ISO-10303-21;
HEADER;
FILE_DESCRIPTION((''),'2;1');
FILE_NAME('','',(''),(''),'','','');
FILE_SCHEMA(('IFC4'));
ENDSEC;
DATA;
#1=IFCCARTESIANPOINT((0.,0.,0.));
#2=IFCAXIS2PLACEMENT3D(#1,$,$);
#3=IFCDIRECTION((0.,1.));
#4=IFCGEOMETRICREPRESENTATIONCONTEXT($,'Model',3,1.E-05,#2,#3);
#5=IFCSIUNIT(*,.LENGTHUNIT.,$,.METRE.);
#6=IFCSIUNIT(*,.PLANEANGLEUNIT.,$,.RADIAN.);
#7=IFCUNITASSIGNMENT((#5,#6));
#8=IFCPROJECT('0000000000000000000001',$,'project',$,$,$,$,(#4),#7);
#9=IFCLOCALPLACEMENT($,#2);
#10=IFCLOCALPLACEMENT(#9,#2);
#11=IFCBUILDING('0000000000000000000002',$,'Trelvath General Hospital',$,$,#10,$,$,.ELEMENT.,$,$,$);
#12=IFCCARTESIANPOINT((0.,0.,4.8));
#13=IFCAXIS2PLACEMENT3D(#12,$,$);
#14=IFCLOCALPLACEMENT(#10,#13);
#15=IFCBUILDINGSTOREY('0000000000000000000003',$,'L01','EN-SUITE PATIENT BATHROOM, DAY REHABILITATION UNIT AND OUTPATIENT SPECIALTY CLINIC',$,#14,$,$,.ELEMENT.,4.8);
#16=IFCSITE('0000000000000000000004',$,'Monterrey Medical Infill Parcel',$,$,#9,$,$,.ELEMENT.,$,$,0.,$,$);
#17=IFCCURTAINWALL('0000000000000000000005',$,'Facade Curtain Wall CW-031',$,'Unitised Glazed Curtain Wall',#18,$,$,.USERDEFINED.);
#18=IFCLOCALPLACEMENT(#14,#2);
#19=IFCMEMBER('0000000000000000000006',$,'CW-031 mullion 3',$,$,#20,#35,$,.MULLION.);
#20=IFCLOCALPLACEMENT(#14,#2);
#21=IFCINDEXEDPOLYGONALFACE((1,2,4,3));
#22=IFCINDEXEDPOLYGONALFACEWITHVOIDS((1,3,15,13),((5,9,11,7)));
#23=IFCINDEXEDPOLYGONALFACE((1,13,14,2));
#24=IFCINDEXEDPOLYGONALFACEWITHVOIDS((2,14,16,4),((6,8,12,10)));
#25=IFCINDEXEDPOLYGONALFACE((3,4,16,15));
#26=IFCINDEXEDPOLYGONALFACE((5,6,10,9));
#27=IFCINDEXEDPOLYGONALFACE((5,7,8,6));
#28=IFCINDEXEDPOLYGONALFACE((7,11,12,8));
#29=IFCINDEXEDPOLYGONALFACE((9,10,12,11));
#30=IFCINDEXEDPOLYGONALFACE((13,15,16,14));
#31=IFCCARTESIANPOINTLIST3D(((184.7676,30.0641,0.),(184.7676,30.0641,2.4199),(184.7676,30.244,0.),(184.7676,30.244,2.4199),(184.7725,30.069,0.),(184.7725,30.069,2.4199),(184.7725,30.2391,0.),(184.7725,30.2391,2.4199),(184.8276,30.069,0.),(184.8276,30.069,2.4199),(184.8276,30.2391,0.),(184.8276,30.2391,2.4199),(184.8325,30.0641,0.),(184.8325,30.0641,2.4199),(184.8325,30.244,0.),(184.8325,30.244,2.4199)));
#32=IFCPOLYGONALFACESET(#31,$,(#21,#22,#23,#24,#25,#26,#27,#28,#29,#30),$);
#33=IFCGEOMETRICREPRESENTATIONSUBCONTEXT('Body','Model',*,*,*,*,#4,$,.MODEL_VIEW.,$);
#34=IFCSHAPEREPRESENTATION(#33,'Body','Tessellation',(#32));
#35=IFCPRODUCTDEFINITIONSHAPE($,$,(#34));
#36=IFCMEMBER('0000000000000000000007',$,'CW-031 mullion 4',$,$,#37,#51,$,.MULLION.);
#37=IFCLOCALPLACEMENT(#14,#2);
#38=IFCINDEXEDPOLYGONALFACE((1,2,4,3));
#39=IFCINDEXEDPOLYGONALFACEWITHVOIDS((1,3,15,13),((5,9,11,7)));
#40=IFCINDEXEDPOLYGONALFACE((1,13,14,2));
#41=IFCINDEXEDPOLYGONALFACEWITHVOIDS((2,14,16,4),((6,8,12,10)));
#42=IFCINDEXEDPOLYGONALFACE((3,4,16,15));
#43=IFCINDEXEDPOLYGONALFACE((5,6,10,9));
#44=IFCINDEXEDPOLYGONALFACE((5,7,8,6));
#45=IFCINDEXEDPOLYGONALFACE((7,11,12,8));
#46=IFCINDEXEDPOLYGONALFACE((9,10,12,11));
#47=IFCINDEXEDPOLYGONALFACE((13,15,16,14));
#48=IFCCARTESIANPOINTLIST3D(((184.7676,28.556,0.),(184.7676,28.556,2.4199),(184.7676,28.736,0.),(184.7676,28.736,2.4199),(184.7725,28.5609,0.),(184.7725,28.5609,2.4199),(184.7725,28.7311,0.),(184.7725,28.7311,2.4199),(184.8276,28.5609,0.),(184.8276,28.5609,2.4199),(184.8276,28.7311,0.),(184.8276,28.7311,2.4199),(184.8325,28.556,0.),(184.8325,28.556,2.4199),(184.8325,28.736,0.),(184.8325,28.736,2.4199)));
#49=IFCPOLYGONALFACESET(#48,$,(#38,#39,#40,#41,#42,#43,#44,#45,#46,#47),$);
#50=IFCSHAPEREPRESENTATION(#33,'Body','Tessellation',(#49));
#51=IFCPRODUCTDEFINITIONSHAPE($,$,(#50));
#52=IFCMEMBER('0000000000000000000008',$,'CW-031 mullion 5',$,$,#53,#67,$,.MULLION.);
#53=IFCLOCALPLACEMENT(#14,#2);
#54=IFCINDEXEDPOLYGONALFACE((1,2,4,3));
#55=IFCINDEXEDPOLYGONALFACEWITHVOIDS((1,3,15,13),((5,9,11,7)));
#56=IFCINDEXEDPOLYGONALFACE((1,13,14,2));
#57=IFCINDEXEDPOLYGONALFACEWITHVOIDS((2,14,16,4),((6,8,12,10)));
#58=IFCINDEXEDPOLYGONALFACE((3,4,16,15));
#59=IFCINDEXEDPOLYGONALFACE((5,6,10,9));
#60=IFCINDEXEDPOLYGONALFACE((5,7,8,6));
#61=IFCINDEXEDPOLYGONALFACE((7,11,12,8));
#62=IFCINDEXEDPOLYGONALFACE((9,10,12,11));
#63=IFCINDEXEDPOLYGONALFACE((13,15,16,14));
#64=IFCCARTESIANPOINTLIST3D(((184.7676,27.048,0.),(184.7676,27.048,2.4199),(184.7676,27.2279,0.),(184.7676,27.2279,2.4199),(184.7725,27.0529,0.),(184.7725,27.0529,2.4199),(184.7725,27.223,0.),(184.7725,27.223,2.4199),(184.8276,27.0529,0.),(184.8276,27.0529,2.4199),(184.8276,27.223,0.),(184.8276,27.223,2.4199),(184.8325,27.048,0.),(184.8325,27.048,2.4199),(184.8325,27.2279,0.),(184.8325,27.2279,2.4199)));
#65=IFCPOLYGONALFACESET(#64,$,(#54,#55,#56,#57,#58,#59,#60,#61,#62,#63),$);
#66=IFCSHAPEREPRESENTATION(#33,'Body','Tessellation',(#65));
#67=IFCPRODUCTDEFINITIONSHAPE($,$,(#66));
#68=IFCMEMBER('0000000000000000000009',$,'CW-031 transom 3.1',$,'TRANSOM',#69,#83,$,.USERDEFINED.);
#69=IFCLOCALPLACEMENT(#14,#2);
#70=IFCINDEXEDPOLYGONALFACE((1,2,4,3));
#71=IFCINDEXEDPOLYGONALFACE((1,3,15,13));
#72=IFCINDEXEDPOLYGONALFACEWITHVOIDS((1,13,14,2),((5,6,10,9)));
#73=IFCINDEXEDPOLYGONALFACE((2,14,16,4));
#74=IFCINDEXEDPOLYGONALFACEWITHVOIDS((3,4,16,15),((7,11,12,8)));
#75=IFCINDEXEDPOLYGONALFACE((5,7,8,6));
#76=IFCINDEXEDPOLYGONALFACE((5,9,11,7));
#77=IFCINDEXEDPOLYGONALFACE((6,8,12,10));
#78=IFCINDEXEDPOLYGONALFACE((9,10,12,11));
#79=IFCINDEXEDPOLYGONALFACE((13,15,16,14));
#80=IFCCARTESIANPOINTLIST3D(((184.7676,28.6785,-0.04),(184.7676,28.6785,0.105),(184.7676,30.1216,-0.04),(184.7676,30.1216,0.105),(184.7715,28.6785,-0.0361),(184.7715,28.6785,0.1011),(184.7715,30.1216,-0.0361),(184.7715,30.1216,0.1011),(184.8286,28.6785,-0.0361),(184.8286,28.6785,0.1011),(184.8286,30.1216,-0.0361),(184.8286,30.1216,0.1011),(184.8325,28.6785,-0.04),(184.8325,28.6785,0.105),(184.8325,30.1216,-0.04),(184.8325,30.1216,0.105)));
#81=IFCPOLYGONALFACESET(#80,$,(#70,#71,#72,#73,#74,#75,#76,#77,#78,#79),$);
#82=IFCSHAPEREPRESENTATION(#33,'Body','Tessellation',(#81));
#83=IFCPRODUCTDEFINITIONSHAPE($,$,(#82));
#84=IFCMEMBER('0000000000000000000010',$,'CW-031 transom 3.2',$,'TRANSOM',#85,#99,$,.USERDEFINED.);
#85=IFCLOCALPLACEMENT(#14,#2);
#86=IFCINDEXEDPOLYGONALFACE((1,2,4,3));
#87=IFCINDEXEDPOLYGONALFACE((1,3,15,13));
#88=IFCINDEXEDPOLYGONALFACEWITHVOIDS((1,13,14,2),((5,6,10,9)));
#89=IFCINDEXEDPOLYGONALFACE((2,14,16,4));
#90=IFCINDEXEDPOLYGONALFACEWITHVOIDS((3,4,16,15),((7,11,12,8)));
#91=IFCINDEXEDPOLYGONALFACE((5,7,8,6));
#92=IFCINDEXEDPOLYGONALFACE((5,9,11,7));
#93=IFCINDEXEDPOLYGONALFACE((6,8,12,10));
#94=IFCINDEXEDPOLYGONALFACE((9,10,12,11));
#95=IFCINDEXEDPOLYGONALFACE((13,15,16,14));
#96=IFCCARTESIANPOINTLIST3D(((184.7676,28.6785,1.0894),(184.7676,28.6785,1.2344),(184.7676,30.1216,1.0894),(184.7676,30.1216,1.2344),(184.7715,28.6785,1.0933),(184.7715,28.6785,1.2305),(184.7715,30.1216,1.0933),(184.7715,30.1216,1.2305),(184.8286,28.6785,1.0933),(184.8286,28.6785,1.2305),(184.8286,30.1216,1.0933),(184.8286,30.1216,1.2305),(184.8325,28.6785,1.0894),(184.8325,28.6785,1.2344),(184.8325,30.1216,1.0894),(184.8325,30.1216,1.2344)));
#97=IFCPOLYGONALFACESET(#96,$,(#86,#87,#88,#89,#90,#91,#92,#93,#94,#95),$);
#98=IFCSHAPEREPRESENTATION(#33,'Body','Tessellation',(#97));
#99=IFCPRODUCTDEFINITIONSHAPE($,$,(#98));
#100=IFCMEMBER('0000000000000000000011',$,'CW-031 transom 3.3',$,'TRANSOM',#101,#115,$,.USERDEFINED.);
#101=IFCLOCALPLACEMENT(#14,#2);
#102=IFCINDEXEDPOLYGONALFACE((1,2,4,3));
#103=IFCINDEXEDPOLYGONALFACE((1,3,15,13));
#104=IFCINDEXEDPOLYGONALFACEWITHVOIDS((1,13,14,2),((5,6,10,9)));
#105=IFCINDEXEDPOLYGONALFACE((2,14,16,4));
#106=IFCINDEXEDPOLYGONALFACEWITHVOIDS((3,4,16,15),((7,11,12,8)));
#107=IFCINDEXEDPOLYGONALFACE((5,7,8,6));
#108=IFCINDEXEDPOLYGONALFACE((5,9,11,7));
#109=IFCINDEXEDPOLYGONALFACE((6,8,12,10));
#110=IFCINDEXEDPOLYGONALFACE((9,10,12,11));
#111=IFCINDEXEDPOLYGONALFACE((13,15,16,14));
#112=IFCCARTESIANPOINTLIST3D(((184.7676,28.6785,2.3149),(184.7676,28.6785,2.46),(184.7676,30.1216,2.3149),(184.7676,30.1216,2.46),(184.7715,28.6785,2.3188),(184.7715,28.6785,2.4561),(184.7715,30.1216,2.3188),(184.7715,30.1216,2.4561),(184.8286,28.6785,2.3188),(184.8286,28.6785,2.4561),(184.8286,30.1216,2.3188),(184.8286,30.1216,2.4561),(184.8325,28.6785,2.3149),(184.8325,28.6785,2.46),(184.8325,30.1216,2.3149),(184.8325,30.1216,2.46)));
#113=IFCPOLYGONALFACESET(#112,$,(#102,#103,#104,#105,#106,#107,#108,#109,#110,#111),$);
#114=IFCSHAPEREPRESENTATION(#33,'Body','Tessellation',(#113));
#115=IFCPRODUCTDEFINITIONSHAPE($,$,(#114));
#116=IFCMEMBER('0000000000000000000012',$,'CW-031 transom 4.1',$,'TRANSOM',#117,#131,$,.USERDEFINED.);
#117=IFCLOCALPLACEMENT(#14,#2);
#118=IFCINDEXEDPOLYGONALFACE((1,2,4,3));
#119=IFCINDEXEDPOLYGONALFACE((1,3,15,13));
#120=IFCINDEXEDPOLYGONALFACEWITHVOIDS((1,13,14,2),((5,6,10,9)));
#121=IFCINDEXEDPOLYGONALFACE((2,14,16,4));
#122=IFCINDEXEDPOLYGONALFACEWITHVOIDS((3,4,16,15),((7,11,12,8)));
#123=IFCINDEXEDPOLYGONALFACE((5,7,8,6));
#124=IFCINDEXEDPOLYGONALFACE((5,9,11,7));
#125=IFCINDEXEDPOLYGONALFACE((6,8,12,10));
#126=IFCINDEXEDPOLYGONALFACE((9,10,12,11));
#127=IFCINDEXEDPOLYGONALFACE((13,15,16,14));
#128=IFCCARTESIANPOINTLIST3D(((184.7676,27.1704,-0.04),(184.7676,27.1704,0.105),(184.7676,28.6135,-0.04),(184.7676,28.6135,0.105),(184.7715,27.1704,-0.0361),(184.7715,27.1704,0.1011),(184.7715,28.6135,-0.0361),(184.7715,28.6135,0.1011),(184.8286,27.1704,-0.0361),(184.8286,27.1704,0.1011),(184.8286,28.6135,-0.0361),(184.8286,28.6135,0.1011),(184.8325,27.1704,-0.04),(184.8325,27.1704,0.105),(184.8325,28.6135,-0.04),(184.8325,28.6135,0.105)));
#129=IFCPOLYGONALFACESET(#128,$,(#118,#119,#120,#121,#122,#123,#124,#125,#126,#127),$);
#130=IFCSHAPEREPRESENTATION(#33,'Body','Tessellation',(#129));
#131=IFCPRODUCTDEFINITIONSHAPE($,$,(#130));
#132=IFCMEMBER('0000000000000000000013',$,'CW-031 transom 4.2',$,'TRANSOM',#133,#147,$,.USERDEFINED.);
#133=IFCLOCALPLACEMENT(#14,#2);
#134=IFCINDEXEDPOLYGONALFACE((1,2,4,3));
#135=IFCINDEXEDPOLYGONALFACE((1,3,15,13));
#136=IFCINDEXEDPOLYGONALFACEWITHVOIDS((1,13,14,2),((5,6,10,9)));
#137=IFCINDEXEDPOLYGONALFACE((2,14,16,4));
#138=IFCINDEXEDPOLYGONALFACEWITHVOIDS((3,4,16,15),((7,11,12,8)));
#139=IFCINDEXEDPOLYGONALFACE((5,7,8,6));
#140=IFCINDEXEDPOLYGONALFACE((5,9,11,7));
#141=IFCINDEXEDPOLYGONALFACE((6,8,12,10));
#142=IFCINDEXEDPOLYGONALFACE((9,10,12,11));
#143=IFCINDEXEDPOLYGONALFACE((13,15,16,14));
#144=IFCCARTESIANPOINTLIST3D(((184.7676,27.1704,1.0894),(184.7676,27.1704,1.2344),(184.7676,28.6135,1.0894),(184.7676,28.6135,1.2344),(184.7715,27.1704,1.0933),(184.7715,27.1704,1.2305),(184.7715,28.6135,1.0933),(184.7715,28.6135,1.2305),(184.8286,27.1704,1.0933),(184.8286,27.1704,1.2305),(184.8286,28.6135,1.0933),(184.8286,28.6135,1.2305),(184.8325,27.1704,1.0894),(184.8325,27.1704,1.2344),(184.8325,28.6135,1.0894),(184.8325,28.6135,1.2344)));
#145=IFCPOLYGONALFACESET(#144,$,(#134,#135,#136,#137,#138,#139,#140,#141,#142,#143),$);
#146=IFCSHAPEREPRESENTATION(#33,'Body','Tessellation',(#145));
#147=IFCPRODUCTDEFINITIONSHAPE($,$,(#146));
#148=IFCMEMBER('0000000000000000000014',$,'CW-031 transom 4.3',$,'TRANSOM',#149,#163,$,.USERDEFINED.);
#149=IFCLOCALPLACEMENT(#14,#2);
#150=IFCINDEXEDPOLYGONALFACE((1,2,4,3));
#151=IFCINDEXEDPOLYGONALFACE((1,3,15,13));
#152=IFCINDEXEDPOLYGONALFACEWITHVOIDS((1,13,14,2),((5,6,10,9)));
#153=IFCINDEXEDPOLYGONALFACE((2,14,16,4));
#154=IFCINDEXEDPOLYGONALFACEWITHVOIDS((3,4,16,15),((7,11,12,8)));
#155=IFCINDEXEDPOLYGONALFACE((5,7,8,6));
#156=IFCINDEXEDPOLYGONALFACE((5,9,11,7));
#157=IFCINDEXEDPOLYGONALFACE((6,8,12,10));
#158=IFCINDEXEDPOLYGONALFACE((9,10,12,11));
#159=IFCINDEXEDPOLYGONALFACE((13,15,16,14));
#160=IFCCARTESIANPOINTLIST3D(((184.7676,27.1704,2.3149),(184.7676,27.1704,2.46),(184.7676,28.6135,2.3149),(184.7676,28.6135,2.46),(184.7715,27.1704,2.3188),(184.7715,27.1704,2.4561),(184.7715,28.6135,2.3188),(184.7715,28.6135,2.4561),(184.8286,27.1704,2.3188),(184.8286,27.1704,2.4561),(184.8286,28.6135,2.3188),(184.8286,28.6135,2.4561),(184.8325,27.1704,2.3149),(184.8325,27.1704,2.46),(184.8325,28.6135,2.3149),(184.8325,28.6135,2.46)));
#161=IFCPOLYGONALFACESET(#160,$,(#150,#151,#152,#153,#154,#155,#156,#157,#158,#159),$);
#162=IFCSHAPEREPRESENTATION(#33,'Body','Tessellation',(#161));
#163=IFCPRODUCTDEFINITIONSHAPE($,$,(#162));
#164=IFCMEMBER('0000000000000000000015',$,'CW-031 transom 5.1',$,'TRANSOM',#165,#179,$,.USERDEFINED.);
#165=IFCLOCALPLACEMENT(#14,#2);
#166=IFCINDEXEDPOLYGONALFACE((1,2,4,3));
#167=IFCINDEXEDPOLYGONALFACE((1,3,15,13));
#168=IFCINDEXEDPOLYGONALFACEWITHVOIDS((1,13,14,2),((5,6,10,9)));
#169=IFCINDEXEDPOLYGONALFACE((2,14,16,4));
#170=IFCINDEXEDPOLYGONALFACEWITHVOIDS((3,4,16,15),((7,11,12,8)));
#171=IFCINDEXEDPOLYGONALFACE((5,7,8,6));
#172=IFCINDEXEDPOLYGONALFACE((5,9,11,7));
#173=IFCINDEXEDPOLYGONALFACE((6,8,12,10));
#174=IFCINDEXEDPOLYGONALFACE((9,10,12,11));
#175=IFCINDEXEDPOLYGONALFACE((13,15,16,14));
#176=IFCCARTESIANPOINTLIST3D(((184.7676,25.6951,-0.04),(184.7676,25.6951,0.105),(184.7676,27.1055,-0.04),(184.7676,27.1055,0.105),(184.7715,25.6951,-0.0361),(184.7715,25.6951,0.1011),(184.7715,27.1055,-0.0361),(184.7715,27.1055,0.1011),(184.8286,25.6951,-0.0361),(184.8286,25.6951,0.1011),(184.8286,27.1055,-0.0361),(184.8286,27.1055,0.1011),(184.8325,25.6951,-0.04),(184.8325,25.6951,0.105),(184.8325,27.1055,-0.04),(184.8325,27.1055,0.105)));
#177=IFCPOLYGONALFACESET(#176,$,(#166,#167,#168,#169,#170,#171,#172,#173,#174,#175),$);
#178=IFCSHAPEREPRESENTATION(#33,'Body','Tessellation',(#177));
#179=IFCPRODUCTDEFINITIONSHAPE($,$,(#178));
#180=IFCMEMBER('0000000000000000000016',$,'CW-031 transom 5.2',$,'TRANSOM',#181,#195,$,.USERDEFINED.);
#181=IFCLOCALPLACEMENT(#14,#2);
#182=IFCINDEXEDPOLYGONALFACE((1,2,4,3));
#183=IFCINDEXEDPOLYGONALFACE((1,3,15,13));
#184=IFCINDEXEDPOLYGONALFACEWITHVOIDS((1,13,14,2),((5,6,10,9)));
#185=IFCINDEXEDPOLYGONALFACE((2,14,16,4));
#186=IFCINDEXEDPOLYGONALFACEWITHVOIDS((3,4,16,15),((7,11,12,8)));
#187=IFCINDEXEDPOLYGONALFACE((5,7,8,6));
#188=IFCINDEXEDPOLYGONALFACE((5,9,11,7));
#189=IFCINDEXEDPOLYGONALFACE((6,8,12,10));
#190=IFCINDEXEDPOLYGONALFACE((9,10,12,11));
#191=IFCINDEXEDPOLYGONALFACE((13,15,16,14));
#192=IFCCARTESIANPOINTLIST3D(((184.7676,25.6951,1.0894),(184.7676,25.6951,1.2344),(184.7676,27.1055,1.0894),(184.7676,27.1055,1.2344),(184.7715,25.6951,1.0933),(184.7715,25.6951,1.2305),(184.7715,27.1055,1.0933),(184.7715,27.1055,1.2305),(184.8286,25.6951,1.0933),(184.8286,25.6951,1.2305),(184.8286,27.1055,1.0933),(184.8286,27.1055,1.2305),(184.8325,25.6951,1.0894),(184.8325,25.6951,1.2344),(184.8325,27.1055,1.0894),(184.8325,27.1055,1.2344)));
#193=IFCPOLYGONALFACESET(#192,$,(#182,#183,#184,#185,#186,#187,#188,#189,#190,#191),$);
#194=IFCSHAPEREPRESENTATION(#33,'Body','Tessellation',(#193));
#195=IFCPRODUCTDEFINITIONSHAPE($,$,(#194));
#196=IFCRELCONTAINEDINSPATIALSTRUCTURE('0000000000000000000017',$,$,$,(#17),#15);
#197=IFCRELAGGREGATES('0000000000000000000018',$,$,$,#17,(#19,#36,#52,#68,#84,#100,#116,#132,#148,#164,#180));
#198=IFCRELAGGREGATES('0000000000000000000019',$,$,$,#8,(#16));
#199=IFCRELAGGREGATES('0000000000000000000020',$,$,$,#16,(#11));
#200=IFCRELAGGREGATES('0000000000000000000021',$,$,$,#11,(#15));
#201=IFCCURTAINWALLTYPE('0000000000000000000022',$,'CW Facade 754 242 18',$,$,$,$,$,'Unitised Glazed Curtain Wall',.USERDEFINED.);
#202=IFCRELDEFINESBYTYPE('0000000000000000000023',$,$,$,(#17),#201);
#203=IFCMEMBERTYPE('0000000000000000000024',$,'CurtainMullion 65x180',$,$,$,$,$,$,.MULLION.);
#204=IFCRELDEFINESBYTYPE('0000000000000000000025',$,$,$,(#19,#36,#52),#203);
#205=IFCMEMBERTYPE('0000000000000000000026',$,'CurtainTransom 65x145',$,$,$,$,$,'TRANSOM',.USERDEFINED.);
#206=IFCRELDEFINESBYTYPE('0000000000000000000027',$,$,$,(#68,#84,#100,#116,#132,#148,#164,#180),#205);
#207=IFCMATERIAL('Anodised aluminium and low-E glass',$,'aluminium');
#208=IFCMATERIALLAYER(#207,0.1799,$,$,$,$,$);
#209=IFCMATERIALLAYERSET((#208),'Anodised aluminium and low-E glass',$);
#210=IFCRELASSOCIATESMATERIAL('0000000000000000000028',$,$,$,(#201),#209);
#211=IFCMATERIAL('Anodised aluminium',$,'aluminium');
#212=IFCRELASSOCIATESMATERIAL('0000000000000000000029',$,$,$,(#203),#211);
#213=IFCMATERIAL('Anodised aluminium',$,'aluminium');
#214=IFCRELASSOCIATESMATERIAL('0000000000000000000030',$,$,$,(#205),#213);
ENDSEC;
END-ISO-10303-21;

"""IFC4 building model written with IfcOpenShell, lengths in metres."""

from ifc_helpers import new_model, si_unit, direction, frame, origin, origin_2d, place, context, subcontext, project, spatial, hollow_rectangle, extrude, material, layer, layer_set, material_profile, profile_set, type_object, element, aggregate, save


model = new_model("IFC4")

# Units and contexts
model_context = context("Model", 3, precision=1e-05, world=origin(), true_north=direction((0.0, 1.0)))
body_context = subcontext(model_context, "Body", "Model", "MODEL_VIEW")
ifc_project = project(units=[si_unit("LENGTHUNIT", "METRE"), si_unit("PLANEANGLEUNIT", "RADIAN")], contexts=[model_context])

# Site, building, storey
site_placement = place(None, origin())
site = spatial("IfcSite", under=ifc_project, at=site_placement, Name="Monterrey Medical Infill Parcel", CompositionType="ELEMENT", RefElevation=0.0)
building_placement = place(site_placement, origin())
building = spatial("IfcBuilding", under=site, at=building_placement, Name="Trelvath General Hospital", CompositionType="ELEMENT")
storey_placement = place(building_placement, frame((0.0, 0.0, 4.8)))
storey = spatial("IfcBuildingStorey", under=building, at=storey_placement, Name="L01", Description="EN-SUITE PATIENT BATHROOM, DAY REHABILITATION UNIT AND OUTPATIENT SPECIALTY CLINIC", CompositionType="ELEMENT", Elevation=4.8)

# Curtain wall, members
ifc_material_1 = material(Name="Anodised aluminium and low-E glass", Category="aluminium")
ifc_layer_1 = layer(ifc_material_1, 0.1799)
ifc_layer_set_1 = layer_set([ifc_layer_1], Name="Anodised aluminium and low-E glass")
curtain_wall_type = type_object("IfcCurtainWallType", Name="CW Facade 754 242 18", ElementType="Unitised Glazed Curtain Wall", PredefinedType="USERDEFINED", material=ifc_layer_set_1)
curtain_wall_placement = place(storey_placement, origin())
curtain_wall = element("IfcCurtainWall", 1, at=curtain_wall_placement, inside=storey, type_object=curtain_wall_type, Name="Facade Curtain Wall CW-031", ObjectType="Unitised Glazed Curtain Wall", PredefinedType="USERDEFINED")
ifc_material_2 = material(Name="Anodised aluminium", Category="aluminium")
ifc_material_profile_1 = material_profile(ifc_material_2, hollow_rectangle(XDim=0.0649, YDim=0.1799, WallThickness=0.0049, at=origin_2d()), Name="RHS65x180x5")
ifc_profile_set_1 = profile_set([ifc_material_profile_1], Name="Anodised aluminium")
member_type_1 = type_object("IfcMemberType", Name="CurtainMullion 65x180", PredefinedType="MULLION", material=ifc_profile_set_1)
member_1_placement = place(storey_placement, frame((184.8, 30.1541, 0.0), z_axis=(0.0, 0.0, 1.0), x_axis=(1.0, 0.0, 0.0)))
member_1 = element("IfcMember", 2, at=member_1_placement, type_object=member_type_1, Name="CW-031 mullion 3", PredefinedType="MULLION", context=body_context, shape_type="SweptSolid", body=[
    extrude(hollow_rectangle(XDim=0.0649, YDim=0.1799, WallThickness=0.0049, at=origin_2d()), origin(), (0.0, 0.0, 1.0), 2.4199),
])
member_2_placement = place(storey_placement, frame((184.8, 28.646, 0.0), z_axis=(0.0, 0.0, 1.0), x_axis=(1.0, 0.0, 0.0)))
member_2 = element("IfcMember", 3, at=member_2_placement, type_object=member_type_1, Name="CW-031 mullion 4", PredefinedType="MULLION", context=body_context, shape_type="SweptSolid", body=[
    extrude(hollow_rectangle(XDim=0.0649, YDim=0.1799, WallThickness=0.0049, at=origin_2d()), origin(), (0.0, 0.0, 1.0), 2.4199),
])
member_3_placement = place(storey_placement, frame((184.8, 27.1379, 0.0), z_axis=(0.0, 0.0, 1.0), x_axis=(1.0, 0.0, 0.0)))
member_3 = element("IfcMember", 4, at=member_3_placement, type_object=member_type_1, Name="CW-031 mullion 5", PredefinedType="MULLION", context=body_context, shape_type="SweptSolid", body=[
    extrude(hollow_rectangle(XDim=0.0649, YDim=0.1799, WallThickness=0.0049, at=origin_2d()), origin(), (0.0, 0.0, 1.0), 2.4199),
])
ifc_material_3 = material(Name="Anodised aluminium", Category="aluminium")
ifc_material_profile_2 = material_profile(ifc_material_3, hollow_rectangle(XDim=0.0649, YDim=0.145, WallThickness=0.0039, at=origin_2d()), Name="RHS65x145x4")
ifc_profile_set_2 = profile_set([ifc_material_profile_2], Name="Anodised aluminium")
member_type_2 = type_object("IfcMemberType", Name="CurtainTransom 65x145", ElementType="TRANSOM", PredefinedType="USERDEFINED", material=ifc_profile_set_2)
member_4_placement = place(storey_placement, frame((184.8, 30.1216, 0.0325), z_axis=(0.0, -1.0, 0.0), x_axis=(1.0, 0.0, 0.0)))
member_4 = element("IfcMember", 5, at=member_4_placement, type_object=member_type_2, Name="CW-031 transom 3.1", ObjectType="TRANSOM", PredefinedType="USERDEFINED", context=body_context, shape_type="SweptSolid", body=[
    extrude(hollow_rectangle(XDim=0.0649, YDim=0.145, WallThickness=0.0039, at=origin_2d()), origin(), (0.0, 0.0, 1.0), 1.4431),
])
member_5_placement = place(storey_placement, frame((184.8, 30.1216, 1.1619), z_axis=(0.0, -1.0, 0.0), x_axis=(1.0, 0.0, 0.0)))
member_5 = element("IfcMember", 6, at=member_5_placement, type_object=member_type_2, Name="CW-031 transom 3.2", ObjectType="TRANSOM", PredefinedType="USERDEFINED", context=body_context, shape_type="SweptSolid", body=[
    extrude(hollow_rectangle(XDim=0.0649, YDim=0.145, WallThickness=0.0039, at=origin_2d()), origin(), (0.0, 0.0, 1.0), 1.4431),
])
member_6_placement = place(storey_placement, frame((184.8, 30.1216, 2.3875), z_axis=(0.0, -1.0, 0.0), x_axis=(1.0, 0.0, 0.0)))
member_6 = element("IfcMember", 7, at=member_6_placement, type_object=member_type_2, Name="CW-031 transom 3.3", ObjectType="TRANSOM", PredefinedType="USERDEFINED", context=body_context, shape_type="SweptSolid", body=[
    extrude(hollow_rectangle(XDim=0.0649, YDim=0.145, WallThickness=0.0039, at=origin_2d()), origin(), (0.0, 0.0, 1.0), 1.4431),
])
member_7_placement = place(storey_placement, frame((184.8, 28.6135, 0.0325), z_axis=(0.0, -1.0, 0.0), x_axis=(1.0, 0.0, 0.0)))
member_7 = element("IfcMember", 8, at=member_7_placement, type_object=member_type_2, Name="CW-031 transom 4.1", ObjectType="TRANSOM", PredefinedType="USERDEFINED", context=body_context, shape_type="SweptSolid", body=[
    extrude(hollow_rectangle(XDim=0.0649, YDim=0.145, WallThickness=0.0039, at=origin_2d()), origin(), (0.0, 0.0, 1.0), 1.4431),
])
member_8_placement = place(storey_placement, frame((184.8, 28.6135, 1.1619), z_axis=(0.0, -1.0, 0.0), x_axis=(1.0, 0.0, 0.0)))
member_8 = element("IfcMember", 9, at=member_8_placement, type_object=member_type_2, Name="CW-031 transom 4.2", ObjectType="TRANSOM", PredefinedType="USERDEFINED", context=body_context, shape_type="SweptSolid", body=[
    extrude(hollow_rectangle(XDim=0.0649, YDim=0.145, WallThickness=0.0039, at=origin_2d()), origin(), (0.0, 0.0, 1.0), 1.4431),
])
member_9_placement = place(storey_placement, frame((184.8, 28.6135, 2.3875), z_axis=(0.0, -1.0, 0.0), x_axis=(1.0, 0.0, 0.0)))
member_9 = element("IfcMember", 10, at=member_9_placement, type_object=member_type_2, Name="CW-031 transom 4.3", ObjectType="TRANSOM", PredefinedType="USERDEFINED", context=body_context, shape_type="SweptSolid", body=[
    extrude(hollow_rectangle(XDim=0.0649, YDim=0.145, WallThickness=0.0039, at=origin_2d()), origin(), (0.0, 0.0, 1.0), 1.4431),
])
member_10_placement = place(storey_placement, frame((184.8, 27.1055, 0.0325), z_axis=(0.0, -1.0, 0.0), x_axis=(1.0, 0.0, 0.0)))
member_10 = element("IfcMember", 11, at=member_10_placement, type_object=member_type_2, Name="CW-031 transom 5.1", ObjectType="TRANSOM", PredefinedType="USERDEFINED", context=body_context, shape_type="SweptSolid", body=[
    extrude(hollow_rectangle(XDim=0.0649, YDim=0.145, WallThickness=0.0039, at=origin_2d()), origin(), (0.0, 0.0, 1.0), 1.4104),
])
member_11_placement = place(storey_placement, frame((184.8, 27.1055, 1.1619), z_axis=(0.0, -1.0, 0.0), x_axis=(1.0, 0.0, 0.0)))
member_11 = element("IfcMember", 12, at=member_11_placement, type_object=member_type_2, Name="CW-031 transom 5.2", ObjectType="TRANSOM", PredefinedType="USERDEFINED", context=body_context, shape_type="SweptSolid", body=[
    extrude(hollow_rectangle(XDim=0.0649, YDim=0.145, WallThickness=0.0039, at=origin_2d()), origin(), (0.0, 0.0, 1.0), 1.4104),
])
aggregate(curtain_wall, [member_1, member_2, member_3, member_4, member_5, member_6, member_7, member_8, member_9, member_10, member_11])

save(model, "model.ifc")
